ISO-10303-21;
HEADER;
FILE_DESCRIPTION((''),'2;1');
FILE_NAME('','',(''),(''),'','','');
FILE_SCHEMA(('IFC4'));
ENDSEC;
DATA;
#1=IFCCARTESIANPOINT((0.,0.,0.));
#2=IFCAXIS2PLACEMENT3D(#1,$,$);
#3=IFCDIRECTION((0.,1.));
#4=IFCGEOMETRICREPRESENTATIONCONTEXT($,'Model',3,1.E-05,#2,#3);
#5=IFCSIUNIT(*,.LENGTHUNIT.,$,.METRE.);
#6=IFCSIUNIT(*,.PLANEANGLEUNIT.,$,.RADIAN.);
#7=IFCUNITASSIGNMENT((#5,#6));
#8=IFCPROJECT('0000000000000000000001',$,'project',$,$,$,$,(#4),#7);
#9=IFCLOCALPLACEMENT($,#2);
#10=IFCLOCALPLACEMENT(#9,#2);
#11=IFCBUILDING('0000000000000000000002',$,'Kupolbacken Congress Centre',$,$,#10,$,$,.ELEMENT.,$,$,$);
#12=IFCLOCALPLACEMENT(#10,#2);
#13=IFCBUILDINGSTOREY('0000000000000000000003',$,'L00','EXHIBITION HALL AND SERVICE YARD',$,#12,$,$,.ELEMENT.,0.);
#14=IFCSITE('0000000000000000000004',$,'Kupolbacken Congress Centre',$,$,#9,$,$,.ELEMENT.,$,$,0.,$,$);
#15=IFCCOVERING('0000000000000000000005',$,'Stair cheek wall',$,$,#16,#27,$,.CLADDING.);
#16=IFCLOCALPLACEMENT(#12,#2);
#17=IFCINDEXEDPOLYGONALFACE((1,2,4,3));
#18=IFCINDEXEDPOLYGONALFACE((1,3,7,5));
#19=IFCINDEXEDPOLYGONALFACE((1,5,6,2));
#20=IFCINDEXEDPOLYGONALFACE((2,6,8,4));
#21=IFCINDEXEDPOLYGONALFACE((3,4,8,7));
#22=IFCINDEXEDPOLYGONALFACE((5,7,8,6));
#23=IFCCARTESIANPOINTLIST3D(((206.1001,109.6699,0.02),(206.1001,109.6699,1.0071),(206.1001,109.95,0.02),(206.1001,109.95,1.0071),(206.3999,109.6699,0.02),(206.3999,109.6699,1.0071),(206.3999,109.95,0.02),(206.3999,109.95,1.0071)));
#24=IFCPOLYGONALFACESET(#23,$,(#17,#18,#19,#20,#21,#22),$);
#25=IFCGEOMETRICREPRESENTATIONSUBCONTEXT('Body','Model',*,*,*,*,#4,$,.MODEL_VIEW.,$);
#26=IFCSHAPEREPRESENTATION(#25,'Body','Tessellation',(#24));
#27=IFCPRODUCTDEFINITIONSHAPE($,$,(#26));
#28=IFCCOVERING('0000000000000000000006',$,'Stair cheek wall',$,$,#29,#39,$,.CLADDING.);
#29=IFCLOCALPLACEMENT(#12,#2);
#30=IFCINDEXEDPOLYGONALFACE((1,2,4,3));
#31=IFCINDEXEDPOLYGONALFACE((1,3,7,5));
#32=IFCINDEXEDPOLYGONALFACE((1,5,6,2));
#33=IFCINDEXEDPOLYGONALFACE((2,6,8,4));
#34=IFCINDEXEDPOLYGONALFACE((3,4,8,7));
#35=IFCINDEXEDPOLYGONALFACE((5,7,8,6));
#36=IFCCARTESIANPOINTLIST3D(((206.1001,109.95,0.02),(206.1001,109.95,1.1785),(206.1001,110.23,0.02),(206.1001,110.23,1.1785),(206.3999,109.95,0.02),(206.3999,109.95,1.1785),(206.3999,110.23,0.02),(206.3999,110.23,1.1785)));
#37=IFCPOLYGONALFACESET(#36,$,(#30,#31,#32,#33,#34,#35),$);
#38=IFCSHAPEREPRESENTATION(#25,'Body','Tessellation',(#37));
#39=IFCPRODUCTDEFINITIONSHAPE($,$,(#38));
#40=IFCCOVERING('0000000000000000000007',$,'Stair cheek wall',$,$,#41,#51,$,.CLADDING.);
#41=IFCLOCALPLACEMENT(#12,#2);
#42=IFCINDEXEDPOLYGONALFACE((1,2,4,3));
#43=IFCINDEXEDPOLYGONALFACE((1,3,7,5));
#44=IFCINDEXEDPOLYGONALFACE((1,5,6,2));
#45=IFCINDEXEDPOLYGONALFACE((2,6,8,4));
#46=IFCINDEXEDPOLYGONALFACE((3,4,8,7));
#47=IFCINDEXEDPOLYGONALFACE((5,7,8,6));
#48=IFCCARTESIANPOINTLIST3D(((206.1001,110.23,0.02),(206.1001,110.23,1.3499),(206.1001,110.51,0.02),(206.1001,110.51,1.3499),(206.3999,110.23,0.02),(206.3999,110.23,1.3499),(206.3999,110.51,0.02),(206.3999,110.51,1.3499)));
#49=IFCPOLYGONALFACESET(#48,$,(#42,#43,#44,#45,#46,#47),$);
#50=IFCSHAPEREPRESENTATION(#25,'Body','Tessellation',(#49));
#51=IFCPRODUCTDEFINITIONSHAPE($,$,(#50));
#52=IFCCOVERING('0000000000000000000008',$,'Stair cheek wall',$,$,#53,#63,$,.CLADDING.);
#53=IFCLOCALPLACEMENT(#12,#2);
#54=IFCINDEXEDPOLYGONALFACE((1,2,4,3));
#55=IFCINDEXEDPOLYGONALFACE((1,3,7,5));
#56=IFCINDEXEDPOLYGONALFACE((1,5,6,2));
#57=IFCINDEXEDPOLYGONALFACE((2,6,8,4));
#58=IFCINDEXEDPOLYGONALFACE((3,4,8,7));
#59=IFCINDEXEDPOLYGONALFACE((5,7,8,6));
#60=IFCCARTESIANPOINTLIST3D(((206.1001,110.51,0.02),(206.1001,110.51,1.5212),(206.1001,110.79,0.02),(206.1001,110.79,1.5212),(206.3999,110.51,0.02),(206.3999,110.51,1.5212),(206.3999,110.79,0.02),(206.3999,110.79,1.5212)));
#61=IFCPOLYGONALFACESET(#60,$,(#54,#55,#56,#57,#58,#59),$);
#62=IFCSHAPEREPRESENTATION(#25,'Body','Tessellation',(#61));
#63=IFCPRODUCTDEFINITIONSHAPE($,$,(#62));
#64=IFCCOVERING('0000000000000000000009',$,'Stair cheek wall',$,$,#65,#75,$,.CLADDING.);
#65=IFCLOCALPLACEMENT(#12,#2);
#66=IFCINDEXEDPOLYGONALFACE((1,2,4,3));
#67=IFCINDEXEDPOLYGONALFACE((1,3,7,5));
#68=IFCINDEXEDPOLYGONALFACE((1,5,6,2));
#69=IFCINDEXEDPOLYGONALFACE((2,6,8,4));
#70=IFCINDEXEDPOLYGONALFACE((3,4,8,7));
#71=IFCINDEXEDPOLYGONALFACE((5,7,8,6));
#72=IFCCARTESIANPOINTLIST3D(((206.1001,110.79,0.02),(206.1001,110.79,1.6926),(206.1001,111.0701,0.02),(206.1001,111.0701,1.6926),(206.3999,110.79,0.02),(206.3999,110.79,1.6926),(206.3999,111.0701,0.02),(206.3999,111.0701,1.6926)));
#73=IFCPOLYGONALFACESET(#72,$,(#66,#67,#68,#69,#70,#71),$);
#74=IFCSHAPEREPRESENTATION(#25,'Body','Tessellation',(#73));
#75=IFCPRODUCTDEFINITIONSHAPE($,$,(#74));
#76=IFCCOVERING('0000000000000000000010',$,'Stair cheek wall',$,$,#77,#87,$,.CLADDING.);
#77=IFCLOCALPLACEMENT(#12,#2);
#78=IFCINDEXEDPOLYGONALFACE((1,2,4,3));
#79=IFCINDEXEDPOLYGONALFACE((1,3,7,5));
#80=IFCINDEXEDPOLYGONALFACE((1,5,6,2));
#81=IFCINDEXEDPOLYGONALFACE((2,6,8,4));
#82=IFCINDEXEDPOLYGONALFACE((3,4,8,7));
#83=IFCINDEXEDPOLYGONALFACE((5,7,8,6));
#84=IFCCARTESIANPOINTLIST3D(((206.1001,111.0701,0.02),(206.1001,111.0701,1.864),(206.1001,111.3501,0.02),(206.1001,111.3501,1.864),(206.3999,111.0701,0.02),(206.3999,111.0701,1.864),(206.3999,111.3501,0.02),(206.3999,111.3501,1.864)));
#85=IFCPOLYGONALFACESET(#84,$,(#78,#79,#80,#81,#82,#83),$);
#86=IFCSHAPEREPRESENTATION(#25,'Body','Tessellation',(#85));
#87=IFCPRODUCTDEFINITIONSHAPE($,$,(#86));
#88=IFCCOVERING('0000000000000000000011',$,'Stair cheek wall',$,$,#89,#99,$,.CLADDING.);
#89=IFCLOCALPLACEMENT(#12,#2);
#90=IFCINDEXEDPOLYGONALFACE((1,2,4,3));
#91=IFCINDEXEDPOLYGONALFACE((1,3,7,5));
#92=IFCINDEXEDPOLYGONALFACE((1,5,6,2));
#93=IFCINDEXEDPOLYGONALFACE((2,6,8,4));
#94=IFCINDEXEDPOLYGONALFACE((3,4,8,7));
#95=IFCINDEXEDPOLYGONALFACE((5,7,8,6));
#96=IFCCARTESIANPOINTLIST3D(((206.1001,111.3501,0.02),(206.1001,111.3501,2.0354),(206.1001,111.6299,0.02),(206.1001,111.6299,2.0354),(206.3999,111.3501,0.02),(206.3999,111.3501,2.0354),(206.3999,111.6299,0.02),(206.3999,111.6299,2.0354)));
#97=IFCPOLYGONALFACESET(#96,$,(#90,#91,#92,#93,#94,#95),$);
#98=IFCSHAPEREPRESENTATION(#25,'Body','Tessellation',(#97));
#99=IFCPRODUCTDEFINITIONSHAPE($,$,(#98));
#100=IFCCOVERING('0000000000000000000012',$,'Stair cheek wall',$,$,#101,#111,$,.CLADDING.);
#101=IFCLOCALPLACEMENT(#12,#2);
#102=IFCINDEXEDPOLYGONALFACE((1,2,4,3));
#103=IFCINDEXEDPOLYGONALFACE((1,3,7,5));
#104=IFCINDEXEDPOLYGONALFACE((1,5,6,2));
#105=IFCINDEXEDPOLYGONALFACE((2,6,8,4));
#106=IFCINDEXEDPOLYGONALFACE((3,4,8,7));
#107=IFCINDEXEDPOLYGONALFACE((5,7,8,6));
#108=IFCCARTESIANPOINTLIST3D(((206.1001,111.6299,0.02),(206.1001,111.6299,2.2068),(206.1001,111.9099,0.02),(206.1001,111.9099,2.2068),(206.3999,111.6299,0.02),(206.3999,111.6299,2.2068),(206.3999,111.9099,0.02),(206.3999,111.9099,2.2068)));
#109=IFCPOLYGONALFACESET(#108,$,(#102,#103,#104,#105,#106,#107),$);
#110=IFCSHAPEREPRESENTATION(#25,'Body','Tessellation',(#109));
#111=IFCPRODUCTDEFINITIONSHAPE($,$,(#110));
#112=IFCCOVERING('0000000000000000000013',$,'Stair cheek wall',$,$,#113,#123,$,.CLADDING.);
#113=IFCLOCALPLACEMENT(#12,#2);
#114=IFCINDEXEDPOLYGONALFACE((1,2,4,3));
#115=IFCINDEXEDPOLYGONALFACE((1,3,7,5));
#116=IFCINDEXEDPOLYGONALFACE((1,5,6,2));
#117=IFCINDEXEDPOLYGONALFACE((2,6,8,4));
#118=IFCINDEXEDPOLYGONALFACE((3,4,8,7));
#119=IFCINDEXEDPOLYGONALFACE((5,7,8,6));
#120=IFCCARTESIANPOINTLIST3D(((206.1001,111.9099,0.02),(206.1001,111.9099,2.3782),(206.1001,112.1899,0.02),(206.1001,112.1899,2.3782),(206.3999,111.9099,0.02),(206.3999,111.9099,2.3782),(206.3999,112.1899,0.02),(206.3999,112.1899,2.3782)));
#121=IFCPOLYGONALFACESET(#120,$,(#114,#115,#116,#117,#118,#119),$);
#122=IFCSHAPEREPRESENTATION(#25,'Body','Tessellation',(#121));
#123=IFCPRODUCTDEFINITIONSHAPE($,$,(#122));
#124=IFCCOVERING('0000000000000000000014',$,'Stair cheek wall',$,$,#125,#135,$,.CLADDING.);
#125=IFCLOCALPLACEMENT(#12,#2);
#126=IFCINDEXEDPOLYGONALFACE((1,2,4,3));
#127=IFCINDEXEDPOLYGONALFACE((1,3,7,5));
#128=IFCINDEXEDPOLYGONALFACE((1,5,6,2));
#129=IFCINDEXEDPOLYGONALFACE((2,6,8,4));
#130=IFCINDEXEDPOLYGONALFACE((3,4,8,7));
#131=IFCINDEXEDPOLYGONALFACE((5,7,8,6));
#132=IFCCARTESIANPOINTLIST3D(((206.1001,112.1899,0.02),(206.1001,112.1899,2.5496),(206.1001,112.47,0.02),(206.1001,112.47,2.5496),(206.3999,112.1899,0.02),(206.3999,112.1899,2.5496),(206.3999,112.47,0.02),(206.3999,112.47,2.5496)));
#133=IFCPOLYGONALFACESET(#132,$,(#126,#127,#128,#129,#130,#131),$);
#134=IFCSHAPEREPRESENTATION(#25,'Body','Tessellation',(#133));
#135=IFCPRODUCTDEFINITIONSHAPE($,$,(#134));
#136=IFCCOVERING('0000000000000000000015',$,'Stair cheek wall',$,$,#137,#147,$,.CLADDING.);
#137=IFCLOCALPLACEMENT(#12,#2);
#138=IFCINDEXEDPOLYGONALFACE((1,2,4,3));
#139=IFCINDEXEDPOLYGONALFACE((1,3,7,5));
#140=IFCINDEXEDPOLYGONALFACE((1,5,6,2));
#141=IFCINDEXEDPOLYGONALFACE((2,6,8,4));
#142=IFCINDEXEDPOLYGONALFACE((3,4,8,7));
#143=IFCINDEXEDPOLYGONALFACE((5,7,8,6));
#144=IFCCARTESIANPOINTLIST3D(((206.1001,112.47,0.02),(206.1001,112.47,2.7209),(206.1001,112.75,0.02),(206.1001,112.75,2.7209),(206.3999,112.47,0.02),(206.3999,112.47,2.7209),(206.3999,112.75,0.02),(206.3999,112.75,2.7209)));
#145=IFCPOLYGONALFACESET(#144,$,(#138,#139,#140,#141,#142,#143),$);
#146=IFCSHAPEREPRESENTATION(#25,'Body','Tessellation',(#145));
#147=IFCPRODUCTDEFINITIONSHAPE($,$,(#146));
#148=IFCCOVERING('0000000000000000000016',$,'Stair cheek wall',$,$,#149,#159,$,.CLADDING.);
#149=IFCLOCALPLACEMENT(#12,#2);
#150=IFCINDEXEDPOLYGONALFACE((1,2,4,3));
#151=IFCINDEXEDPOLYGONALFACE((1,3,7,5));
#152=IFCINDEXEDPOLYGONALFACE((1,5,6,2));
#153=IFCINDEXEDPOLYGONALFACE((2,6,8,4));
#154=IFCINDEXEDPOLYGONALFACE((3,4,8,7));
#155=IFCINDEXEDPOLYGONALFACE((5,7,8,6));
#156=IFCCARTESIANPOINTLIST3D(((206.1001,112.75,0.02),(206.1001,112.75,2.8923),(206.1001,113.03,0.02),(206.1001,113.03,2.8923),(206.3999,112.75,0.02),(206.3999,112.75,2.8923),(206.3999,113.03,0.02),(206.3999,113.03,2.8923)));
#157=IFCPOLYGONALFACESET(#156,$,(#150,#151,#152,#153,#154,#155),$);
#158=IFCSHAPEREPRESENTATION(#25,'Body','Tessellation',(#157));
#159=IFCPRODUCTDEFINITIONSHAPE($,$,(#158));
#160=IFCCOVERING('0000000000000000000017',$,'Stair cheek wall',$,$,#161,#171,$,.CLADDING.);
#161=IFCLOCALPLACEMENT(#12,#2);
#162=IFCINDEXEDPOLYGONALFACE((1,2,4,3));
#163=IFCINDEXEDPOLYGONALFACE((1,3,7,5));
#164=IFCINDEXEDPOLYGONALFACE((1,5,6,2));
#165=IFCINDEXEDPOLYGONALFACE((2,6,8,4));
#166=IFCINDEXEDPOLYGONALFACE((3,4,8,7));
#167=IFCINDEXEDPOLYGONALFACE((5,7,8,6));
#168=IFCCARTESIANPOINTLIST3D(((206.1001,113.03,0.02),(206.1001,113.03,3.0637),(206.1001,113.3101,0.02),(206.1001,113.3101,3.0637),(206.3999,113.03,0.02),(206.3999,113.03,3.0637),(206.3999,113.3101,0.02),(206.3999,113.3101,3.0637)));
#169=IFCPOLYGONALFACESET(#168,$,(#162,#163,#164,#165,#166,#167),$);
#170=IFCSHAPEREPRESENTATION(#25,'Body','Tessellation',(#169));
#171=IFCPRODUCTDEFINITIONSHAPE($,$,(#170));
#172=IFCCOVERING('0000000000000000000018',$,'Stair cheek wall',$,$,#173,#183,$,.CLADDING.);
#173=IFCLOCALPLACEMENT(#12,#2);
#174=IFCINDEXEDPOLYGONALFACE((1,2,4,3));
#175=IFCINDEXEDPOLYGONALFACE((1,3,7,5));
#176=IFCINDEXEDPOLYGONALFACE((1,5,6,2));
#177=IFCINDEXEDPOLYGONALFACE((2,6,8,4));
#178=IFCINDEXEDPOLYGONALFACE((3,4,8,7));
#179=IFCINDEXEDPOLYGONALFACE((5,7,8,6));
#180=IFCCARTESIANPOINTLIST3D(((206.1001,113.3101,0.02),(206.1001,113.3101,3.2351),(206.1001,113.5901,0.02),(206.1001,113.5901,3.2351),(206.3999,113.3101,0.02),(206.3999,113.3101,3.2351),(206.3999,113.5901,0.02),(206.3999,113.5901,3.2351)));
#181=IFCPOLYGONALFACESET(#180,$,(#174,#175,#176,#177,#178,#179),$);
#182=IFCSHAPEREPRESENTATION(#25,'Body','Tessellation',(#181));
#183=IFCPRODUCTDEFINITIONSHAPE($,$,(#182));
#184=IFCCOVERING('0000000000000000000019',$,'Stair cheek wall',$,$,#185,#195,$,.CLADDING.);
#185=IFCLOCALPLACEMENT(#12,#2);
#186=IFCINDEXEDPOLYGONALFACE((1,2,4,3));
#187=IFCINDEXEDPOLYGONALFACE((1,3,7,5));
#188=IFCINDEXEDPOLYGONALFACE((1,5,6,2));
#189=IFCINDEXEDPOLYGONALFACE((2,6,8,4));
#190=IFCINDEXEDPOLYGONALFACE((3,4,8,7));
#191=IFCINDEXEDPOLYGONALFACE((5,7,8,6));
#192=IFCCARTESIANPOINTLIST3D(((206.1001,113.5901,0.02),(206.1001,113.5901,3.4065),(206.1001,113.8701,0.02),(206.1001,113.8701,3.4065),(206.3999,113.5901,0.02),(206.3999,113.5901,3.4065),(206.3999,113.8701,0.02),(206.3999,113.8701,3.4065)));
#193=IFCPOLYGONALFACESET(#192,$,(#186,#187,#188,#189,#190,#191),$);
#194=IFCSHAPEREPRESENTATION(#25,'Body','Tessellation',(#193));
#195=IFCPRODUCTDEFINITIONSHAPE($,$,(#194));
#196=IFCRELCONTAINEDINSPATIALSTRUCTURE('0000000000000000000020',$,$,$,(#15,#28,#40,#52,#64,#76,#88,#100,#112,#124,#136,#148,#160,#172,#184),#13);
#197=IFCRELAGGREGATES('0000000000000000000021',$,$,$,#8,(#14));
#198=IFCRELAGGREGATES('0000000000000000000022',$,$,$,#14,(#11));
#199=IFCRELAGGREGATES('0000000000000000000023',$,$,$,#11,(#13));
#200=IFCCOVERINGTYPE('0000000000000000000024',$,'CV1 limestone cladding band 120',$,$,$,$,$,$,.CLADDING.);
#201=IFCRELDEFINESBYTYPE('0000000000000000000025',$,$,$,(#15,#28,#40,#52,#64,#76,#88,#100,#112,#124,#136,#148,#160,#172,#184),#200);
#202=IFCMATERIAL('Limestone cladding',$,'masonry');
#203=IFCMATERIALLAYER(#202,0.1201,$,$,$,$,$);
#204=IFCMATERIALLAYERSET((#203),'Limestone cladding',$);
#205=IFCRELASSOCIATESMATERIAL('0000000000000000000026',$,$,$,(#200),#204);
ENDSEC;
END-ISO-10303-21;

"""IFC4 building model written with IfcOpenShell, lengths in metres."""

from ifc_helpers import new_model, si_unit, direction, frame, origin, place, context, subcontext, project, spatial, polyline, outline, extrude, material, layer, layer_set, type_object, element, save


model = new_model("IFC4")

# Units and contexts
model_context = context("Model", 3, precision=1e-05, world=origin(), true_north=direction((0.0, 1.0)))
body_context = subcontext(model_context, "Body", "Model", "MODEL_VIEW")
ifc_project = project(units=[si_unit("LENGTHUNIT", "METRE"), si_unit("PLANEANGLEUNIT", "RADIAN")], contexts=[model_context])

# Site, building, storey
site_placement = place(None, origin())
site = spatial("IfcSite", under=ifc_project, at=site_placement, Name="Kupolbacken Congress Centre", CompositionType="ELEMENT", RefElevation=0.0)
building_placement = place(site_placement, origin())
building = spatial("IfcBuilding", under=site, at=building_placement, Name="Kupolbacken Congress Centre", CompositionType="ELEMENT")
storey_placement = place(building_placement, origin())
storey = spatial("IfcBuildingStorey", under=building, at=storey_placement, Name="L00", Description="EXHIBITION HALL AND SERVICE YARD", CompositionType="ELEMENT", Elevation=0.0)

# Coverings
ifc_material = material(Name="Limestone cladding", Category="masonry")
ifc_layer = layer(ifc_material, 0.1201)
ifc_layer_set = layer_set([ifc_layer], Name="Limestone cladding")
covering_type = type_object("IfcCoveringType", Name="CV1 limestone cladding band 120", PredefinedType="CLADDING", material=ifc_layer_set)
covering_1_placement = place(storey_placement, frame((0.0, 0.0, 0.02)))
element("IfcCovering", 1, at=covering_1_placement, inside=storey, type_object=covering_type, Name="Stair cheek wall", PredefinedType="CLADDING", context=body_context, shape_type="SweptSolid", body=[
    extrude(outline(polyline([(206.1001, 109.6699), (206.1001, 109.95), (206.3999, 109.95), (206.3999, 109.6699), (206.1001, 109.6699)])), origin(), (0.0, 0.0, 1.0), 0.9871),
])
covering_2_placement = place(storey_placement, frame((0.0, 0.0, 0.02)))
element("IfcCovering", 2, at=covering_2_placement, inside=storey, type_object=covering_type, Name="Stair cheek wall", PredefinedType="CLADDING", context=body_context, shape_type="SweptSolid", body=[
    extrude(outline(polyline([(206.1001, 109.95), (206.1001, 110.23), (206.3999, 110.23), (206.3999, 109.95), (206.1001, 109.95)])), origin(), (0.0, 0.0, 1.0), 1.1584),
])
covering_3_placement = place(storey_placement, frame((0.0, 0.0, 0.02)))
element("IfcCovering", 3, at=covering_3_placement, inside=storey, type_object=covering_type, Name="Stair cheek wall", PredefinedType="CLADDING", context=body_context, shape_type="SweptSolid", body=[
    extrude(outline(polyline([(206.1001, 110.23), (206.1001, 110.51), (206.3999, 110.51), (206.3999, 110.23), (206.1001, 110.23)])), origin(), (0.0, 0.0, 1.0), 1.3298),
])
covering_4_placement = place(storey_placement, frame((0.0, 0.0, 0.02)))
element("IfcCovering", 4, at=covering_4_placement, inside=storey, type_object=covering_type, Name="Stair cheek wall", PredefinedType="CLADDING", context=body_context, shape_type="SweptSolid", body=[
    extrude(outline(polyline([(206.1001, 110.51), (206.1001, 110.79), (206.3999, 110.79), (206.3999, 110.51), (206.1001, 110.51)])), origin(), (0.0, 0.0, 1.0), 1.5012),
])
covering_5_placement = place(storey_placement, frame((0.0, 0.0, 0.02)))
element("IfcCovering", 5, at=covering_5_placement, inside=storey, type_object=covering_type, Name="Stair cheek wall", PredefinedType="CLADDING", context=body_context, shape_type="SweptSolid", body=[
    extrude(outline(polyline([(206.1001, 110.79), (206.1001, 111.0701), (206.3999, 111.0701), (206.3999, 110.79), (206.1001, 110.79)])), origin(), (0.0, 0.0, 1.0), 1.6726),
])
covering_6_placement = place(storey_placement, frame((0.0, 0.0, 0.02)))
element("IfcCovering", 6, at=covering_6_placement, inside=storey, type_object=covering_type, Name="Stair cheek wall", PredefinedType="CLADDING", context=body_context, shape_type="SweptSolid", body=[
    extrude(outline(polyline([(206.1001, 111.0701), (206.1001, 111.3501), (206.3999, 111.3501), (206.3999, 111.0701), (206.1001, 111.0701)])), origin(), (0.0, 0.0, 1.0), 1.844),
])
covering_7_placement = place(storey_placement, frame((0.0, 0.0, 0.02)))
element("IfcCovering", 7, at=covering_7_placement, inside=storey, type_object=covering_type, Name="Stair cheek wall", PredefinedType="CLADDING", context=body_context, shape_type="SweptSolid", body=[
    extrude(outline(polyline([(206.1001, 111.3501), (206.1001, 111.6299), (206.3999, 111.6299), (206.3999, 111.3501), (206.1001, 111.3501)])), origin(), (0.0, 0.0, 1.0), 2.0154),
])
covering_8_placement = place(storey_placement, frame((0.0, 0.0, 0.02)))
element("IfcCovering", 8, at=covering_8_placement, inside=storey, type_object=covering_type, Name="Stair cheek wall", PredefinedType="CLADDING", context=body_context, shape_type="SweptSolid", body=[
    extrude(outline(polyline([(206.1001, 111.6299), (206.1001, 111.9099), (206.3999, 111.9099), (206.3999, 111.6299), (206.1001, 111.6299)])), origin(), (0.0, 0.0, 1.0), 2.1868),
])
covering_9_placement = place(storey_placement, frame((0.0, 0.0, 0.02)))
element("IfcCovering", 9, at=covering_9_placement, inside=storey, type_object=covering_type, Name="Stair cheek wall", PredefinedType="CLADDING", context=body_context, shape_type="SweptSolid", body=[
    extrude(outline(polyline([(206.1001, 111.9099), (206.1001, 112.1899), (206.3999, 112.1899), (206.3999, 111.9099), (206.1001, 111.9099)])), origin(), (0.0, 0.0, 1.0), 2.3582),
])
covering_10_placement = place(storey_placement, frame((0.0, 0.0, 0.02)))
element("IfcCovering", 10, at=covering_10_placement, inside=storey, type_object=covering_type, Name="Stair cheek wall", PredefinedType="CLADDING", context=body_context, shape_type="SweptSolid", body=[
    extrude(outline(polyline([(206.1001, 112.1899), (206.1001, 112.47), (206.3999, 112.47), (206.3999, 112.1899), (206.1001, 112.1899)])), origin(), (0.0, 0.0, 1.0), 2.5295),
])
covering_11_placement = place(storey_placement, frame((0.0, 0.0, 0.02)))
element("IfcCovering", 11, at=covering_11_placement, inside=storey, type_object=covering_type, Name="Stair cheek wall", PredefinedType="CLADDING", context=body_context, shape_type="SweptSolid", body=[
    extrude(outline(polyline([(206.1001, 112.47), (206.1001, 112.75), (206.3999, 112.75), (206.3999, 112.47), (206.1001, 112.47)])), origin(), (0.0, 0.0, 1.0), 2.7009),
])
covering_12_placement = place(storey_placement, frame((0.0, 0.0, 0.02)))
element("IfcCovering", 12, at=covering_12_placement, inside=storey, type_object=covering_type, Name="Stair cheek wall", PredefinedType="CLADDING", context=body_context, shape_type="SweptSolid", body=[
    extrude(outline(polyline([(206.1001, 112.75), (206.1001, 113.03), (206.3999, 113.03), (206.3999, 112.75), (206.1001, 112.75)])), origin(), (0.0, 0.0, 1.0), 2.8723),
])
covering_13_placement = place(storey_placement, frame((0.0, 0.0, 0.02)))
element("IfcCovering", 13, at=covering_13_placement, inside=storey, type_object=covering_type, Name="Stair cheek wall", PredefinedType="CLADDING", context=body_context, shape_type="SweptSolid", body=[
    extrude(outline(polyline([(206.1001, 113.03), (206.1001, 113.3101), (206.3999, 113.3101), (206.3999, 113.03), (206.1001, 113.03)])), origin(), (0.0, 0.0, 1.0), 3.0437),
])
covering_14_placement = place(storey_placement, frame((0.0, 0.0, 0.02)))
element("IfcCovering", 14, at=covering_14_placement, inside=storey, type_object=covering_type, Name="Stair cheek wall", PredefinedType="CLADDING", context=body_context, shape_type="SweptSolid", body=[
    extrude(outline(polyline([(206.1001, 113.3101), (206.1001, 113.5901), (206.3999, 113.5901), (206.3999, 113.3101), (206.1001, 113.3101)])), origin(), (0.0, 0.0, 1.0), 3.2151),
])
covering_15_placement = place(storey_placement, frame((0.0, 0.0, 0.02)))
element("IfcCovering", 15, at=covering_15_placement, inside=storey, type_object=covering_type, Name="Stair cheek wall", PredefinedType="CLADDING", context=body_context, shape_type="SweptSolid", body=[
    extrude(outline(polyline([(206.1001, 113.5901), (206.1001, 113.8701), (206.3999, 113.8701), (206.3999, 113.5901), (206.1001, 113.5901)])), origin(), (0.0, 0.0, 1.0), 3.3865),
])

save(model, "model.ifc")
